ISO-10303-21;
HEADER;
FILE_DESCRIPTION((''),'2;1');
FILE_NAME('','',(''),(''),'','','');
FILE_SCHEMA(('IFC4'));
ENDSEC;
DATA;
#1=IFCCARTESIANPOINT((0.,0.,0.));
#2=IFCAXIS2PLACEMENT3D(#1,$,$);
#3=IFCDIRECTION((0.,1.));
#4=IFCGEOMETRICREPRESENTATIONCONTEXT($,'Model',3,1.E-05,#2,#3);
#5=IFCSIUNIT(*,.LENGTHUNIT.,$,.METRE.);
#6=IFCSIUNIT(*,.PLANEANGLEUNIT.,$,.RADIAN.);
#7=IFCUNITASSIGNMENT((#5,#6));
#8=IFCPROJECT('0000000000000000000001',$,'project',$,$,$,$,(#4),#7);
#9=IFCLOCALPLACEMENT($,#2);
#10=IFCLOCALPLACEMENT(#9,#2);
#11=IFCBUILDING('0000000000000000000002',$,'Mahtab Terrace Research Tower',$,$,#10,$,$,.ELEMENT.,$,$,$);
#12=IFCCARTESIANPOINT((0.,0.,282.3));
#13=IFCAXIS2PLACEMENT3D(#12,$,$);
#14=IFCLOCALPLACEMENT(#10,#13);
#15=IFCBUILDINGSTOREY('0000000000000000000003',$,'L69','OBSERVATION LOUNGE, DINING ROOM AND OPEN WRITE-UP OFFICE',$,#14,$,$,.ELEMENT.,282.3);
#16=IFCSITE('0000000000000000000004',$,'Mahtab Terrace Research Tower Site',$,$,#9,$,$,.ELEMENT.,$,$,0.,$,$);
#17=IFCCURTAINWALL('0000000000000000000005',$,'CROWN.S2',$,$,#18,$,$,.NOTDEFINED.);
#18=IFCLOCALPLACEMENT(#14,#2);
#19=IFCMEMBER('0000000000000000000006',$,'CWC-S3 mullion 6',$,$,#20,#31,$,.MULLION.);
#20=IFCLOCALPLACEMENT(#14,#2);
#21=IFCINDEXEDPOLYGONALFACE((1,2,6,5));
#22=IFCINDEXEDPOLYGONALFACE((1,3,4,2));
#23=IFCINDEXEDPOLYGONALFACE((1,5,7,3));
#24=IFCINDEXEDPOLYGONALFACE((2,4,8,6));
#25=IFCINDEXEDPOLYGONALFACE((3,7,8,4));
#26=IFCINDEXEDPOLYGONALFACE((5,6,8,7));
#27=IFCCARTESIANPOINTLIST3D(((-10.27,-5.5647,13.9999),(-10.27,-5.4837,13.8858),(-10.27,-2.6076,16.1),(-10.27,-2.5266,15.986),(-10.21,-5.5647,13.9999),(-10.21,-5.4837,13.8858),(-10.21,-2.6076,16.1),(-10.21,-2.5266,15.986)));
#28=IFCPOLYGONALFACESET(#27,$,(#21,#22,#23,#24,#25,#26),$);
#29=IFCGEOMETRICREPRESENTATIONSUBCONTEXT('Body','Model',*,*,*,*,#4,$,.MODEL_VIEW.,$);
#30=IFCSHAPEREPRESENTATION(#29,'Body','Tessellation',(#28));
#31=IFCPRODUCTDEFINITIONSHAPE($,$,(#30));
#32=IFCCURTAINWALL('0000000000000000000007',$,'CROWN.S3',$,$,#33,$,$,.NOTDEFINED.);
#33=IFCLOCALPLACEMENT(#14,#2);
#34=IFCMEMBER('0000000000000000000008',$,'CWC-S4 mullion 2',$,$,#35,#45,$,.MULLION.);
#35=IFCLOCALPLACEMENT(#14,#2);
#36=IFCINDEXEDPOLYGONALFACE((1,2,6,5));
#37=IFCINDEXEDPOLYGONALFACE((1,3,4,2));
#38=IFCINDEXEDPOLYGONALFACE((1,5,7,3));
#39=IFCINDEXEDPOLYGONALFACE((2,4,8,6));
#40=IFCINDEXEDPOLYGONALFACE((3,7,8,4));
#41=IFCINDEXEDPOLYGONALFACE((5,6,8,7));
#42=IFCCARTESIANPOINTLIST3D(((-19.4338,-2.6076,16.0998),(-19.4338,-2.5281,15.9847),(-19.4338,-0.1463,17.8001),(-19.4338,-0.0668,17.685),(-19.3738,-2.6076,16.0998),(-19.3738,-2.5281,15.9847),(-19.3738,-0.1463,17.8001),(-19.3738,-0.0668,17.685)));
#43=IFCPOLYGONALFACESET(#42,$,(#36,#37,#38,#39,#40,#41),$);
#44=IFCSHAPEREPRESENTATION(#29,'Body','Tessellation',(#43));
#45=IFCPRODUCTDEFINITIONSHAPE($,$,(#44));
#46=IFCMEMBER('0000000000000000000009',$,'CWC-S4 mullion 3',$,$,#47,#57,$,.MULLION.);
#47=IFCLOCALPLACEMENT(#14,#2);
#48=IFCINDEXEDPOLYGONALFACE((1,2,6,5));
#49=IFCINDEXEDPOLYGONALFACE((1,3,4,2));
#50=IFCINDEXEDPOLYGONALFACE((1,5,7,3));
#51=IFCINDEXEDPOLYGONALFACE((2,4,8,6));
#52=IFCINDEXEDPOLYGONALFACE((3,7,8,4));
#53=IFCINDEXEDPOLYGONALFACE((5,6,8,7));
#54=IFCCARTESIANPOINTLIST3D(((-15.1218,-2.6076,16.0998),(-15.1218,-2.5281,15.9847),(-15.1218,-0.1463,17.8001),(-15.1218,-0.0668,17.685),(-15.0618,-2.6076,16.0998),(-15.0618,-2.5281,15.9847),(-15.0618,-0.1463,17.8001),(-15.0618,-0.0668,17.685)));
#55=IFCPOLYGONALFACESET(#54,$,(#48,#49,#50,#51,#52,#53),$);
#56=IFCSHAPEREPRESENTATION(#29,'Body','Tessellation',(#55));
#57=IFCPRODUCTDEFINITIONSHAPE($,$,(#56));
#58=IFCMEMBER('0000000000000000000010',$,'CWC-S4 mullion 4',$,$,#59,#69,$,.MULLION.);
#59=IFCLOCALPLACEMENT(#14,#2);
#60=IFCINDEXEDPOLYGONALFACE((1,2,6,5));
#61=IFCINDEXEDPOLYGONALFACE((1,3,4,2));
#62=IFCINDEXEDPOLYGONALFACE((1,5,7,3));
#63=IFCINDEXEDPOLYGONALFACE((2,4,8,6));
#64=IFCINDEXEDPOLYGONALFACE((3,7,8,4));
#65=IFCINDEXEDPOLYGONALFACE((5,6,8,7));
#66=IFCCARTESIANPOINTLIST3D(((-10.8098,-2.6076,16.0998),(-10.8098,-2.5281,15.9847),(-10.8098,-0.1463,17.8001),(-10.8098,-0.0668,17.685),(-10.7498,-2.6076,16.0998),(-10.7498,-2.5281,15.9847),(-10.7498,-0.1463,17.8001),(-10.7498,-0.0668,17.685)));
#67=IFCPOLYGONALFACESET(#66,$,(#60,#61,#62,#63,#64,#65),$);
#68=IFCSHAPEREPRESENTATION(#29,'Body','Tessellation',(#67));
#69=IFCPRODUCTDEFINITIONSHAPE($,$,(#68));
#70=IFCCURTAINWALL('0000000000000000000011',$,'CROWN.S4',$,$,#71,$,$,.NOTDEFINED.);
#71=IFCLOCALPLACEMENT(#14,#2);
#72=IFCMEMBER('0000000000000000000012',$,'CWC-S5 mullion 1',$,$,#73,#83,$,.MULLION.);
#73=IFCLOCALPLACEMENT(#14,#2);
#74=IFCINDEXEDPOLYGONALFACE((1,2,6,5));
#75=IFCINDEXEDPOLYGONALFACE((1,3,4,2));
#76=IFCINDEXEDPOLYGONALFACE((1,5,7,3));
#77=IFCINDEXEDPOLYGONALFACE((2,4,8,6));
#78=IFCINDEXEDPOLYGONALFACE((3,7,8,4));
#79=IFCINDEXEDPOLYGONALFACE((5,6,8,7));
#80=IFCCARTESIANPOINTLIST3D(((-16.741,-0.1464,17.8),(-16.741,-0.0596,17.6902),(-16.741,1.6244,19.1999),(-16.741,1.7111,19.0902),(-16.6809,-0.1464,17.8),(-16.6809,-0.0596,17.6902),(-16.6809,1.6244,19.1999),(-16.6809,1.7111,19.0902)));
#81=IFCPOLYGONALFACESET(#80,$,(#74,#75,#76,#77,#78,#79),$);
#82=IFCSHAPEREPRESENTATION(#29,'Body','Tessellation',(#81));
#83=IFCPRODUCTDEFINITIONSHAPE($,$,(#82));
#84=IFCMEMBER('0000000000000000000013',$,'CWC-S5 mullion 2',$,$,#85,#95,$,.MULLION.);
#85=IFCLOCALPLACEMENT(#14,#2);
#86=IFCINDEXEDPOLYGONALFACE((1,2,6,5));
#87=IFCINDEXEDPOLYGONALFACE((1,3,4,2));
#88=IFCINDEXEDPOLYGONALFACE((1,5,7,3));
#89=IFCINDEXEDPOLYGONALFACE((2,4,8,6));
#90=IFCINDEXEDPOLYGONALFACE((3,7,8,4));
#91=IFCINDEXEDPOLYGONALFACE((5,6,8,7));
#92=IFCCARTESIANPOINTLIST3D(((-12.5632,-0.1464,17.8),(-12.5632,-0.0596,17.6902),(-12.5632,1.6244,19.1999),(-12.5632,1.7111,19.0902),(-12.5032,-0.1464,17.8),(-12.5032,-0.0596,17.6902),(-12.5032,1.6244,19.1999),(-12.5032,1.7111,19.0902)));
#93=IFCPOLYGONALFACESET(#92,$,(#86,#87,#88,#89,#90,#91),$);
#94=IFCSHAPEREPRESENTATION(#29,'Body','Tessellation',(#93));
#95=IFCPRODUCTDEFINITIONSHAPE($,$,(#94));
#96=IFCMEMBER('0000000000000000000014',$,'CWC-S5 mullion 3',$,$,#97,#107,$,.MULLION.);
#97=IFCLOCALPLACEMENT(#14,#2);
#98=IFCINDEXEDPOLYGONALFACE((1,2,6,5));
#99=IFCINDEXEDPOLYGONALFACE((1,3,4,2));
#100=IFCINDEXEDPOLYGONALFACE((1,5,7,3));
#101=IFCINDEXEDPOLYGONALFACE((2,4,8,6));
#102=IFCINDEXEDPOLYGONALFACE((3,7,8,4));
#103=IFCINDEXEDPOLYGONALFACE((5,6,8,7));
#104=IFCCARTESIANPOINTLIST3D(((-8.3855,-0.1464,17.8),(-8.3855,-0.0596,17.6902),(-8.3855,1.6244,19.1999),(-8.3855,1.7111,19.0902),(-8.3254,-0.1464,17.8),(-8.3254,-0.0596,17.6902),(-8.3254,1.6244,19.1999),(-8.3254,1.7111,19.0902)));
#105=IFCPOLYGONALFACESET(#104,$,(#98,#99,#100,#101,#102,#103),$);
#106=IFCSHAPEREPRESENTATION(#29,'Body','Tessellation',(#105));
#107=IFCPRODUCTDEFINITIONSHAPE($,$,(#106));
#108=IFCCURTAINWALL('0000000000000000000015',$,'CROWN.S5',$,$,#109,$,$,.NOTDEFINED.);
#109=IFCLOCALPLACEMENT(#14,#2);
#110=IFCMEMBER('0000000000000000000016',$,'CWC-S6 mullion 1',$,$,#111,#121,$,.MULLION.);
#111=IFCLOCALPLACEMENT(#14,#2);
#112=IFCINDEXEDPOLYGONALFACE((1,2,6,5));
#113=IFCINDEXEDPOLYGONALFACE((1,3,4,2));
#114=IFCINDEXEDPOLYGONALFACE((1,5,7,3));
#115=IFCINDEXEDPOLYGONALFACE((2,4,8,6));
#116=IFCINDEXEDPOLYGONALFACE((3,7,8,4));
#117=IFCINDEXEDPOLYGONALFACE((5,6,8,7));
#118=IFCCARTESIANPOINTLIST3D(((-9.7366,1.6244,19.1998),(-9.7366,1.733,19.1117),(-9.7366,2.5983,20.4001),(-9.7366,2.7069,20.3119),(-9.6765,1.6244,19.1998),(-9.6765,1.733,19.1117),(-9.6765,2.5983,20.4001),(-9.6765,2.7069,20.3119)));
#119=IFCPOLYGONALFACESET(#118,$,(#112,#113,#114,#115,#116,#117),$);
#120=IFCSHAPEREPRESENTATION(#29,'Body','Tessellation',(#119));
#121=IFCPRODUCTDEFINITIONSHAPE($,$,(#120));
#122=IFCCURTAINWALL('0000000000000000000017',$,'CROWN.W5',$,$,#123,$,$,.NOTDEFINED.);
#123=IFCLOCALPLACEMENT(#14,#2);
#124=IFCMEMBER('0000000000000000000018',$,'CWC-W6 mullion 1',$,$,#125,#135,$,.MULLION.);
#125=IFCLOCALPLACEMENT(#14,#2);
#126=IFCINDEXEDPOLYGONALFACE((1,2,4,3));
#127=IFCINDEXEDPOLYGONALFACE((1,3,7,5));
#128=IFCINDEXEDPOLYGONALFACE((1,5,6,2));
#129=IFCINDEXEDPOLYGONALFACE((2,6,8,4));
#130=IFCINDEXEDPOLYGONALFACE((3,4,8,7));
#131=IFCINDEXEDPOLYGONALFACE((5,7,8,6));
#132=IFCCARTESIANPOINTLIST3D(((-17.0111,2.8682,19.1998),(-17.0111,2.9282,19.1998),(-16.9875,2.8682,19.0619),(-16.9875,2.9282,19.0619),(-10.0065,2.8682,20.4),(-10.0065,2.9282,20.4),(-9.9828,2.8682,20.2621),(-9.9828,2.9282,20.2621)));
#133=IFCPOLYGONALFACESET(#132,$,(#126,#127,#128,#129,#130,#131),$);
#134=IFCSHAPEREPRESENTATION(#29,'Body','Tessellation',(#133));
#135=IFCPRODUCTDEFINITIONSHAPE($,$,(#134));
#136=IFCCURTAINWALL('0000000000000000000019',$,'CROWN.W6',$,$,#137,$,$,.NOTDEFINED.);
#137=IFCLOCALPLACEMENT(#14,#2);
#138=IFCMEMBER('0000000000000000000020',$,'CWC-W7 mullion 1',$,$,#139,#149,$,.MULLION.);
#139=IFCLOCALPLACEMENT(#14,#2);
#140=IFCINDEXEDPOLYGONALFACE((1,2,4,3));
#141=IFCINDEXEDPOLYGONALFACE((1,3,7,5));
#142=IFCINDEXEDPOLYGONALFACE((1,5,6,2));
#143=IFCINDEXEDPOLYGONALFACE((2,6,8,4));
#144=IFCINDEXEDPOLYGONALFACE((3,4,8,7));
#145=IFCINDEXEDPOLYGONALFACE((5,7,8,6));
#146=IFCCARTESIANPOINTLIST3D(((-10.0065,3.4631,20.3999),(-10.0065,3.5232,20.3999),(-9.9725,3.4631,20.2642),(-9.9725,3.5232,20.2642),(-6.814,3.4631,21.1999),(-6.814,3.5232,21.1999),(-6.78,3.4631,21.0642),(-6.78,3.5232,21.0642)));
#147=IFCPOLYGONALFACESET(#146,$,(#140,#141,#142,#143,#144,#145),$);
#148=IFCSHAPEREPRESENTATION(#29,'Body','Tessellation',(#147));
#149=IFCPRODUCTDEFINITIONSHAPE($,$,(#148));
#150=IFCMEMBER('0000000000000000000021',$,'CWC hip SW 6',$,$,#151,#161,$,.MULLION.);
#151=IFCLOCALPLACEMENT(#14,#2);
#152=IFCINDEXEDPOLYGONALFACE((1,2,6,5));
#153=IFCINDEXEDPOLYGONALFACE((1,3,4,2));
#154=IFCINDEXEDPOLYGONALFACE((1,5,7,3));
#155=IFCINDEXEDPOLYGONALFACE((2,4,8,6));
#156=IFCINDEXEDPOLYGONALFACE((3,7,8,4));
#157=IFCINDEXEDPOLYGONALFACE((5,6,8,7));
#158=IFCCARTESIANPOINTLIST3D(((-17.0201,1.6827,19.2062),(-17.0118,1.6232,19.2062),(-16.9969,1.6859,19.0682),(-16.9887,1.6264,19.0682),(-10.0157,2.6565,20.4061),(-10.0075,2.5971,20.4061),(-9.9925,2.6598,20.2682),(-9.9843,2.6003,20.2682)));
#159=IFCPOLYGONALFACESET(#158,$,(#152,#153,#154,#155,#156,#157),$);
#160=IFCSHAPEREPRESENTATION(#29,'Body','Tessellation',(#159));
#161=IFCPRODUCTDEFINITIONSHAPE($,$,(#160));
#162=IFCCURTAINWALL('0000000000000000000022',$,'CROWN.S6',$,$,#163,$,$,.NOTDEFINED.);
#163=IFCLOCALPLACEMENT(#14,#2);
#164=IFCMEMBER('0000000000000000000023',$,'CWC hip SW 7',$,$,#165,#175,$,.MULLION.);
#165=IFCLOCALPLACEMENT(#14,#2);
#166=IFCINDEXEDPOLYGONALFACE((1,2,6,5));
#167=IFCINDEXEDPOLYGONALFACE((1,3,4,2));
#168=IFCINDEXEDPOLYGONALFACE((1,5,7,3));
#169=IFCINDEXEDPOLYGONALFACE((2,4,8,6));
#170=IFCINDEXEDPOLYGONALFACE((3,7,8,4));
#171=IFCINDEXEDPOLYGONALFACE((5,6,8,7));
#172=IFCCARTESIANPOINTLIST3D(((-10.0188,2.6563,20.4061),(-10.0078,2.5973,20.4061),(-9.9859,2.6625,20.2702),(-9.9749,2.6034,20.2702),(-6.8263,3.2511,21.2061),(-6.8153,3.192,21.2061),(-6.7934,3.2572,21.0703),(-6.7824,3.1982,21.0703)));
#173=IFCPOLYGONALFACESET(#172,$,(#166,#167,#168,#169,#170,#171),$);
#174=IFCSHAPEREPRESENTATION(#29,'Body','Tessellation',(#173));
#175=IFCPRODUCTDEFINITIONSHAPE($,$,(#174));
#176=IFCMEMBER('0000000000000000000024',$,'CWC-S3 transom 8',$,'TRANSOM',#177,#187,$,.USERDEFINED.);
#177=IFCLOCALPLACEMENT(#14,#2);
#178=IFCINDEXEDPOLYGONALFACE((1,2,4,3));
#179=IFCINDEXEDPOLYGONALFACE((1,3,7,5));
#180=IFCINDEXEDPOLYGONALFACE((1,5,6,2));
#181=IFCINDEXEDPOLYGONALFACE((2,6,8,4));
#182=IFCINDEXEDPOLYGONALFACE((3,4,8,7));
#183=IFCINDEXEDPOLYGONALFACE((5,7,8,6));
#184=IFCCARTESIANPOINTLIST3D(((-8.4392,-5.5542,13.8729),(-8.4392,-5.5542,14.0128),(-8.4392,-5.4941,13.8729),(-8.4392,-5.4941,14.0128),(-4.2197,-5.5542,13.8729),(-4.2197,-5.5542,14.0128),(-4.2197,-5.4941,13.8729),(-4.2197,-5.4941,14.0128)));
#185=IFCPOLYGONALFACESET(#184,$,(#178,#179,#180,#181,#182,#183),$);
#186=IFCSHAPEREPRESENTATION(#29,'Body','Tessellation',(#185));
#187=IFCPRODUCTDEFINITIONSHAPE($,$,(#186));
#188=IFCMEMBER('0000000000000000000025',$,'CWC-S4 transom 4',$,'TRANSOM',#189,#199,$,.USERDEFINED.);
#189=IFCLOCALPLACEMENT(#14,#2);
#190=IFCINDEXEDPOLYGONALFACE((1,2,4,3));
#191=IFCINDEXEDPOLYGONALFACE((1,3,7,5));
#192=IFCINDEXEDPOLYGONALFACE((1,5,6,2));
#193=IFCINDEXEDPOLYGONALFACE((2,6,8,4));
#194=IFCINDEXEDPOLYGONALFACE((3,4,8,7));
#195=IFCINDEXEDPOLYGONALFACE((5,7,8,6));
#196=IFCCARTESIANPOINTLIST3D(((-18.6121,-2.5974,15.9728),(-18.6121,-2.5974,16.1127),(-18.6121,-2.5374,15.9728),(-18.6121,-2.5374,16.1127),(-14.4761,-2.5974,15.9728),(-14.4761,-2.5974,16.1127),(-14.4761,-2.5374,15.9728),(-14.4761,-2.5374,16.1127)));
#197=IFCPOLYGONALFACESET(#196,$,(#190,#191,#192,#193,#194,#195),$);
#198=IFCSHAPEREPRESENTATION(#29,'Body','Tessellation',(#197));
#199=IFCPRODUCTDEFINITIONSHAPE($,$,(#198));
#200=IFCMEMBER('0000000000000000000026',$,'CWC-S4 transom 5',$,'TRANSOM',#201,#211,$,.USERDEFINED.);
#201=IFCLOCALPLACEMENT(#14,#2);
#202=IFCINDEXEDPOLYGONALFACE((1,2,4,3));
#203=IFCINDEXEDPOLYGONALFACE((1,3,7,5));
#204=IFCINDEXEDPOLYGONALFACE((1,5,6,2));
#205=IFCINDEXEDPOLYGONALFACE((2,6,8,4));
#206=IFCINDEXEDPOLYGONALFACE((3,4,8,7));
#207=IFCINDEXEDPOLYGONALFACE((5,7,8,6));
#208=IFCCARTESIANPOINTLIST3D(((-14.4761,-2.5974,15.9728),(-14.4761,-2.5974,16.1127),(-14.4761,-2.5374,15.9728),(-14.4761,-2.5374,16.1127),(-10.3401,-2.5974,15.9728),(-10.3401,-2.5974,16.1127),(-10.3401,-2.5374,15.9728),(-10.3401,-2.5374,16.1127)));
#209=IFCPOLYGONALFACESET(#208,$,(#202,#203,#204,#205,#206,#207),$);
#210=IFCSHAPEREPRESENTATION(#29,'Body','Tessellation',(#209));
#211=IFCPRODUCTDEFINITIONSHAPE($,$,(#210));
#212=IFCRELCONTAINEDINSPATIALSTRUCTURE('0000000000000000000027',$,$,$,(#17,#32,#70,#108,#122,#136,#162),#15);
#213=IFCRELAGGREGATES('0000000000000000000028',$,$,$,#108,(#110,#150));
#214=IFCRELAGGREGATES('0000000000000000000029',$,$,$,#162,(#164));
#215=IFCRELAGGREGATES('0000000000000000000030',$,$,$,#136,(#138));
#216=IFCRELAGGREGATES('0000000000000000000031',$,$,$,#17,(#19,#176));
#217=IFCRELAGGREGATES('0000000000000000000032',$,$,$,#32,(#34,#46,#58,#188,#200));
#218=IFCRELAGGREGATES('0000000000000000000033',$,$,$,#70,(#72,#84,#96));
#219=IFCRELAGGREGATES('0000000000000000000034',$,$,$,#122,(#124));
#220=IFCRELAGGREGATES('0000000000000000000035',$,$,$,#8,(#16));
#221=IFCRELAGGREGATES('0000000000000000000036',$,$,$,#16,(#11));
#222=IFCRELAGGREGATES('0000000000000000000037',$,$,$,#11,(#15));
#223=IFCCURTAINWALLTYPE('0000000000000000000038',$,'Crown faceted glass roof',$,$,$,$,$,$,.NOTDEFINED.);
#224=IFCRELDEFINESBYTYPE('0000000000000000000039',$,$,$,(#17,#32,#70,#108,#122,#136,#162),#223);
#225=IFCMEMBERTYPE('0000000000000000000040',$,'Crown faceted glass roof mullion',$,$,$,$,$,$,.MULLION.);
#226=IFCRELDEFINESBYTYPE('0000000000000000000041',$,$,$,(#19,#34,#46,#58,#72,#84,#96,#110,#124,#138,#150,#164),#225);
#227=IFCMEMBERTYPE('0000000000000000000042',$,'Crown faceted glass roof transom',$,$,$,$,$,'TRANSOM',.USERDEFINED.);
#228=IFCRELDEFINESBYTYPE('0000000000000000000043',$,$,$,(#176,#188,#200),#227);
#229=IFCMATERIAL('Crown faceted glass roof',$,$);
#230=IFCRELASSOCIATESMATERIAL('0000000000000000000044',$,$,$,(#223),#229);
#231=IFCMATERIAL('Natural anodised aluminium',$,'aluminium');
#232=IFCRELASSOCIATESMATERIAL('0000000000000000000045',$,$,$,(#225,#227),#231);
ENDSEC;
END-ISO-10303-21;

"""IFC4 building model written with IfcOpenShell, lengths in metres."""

from ifc_helpers import new_model, si_unit, direction, frame, origin, origin_2d, place, context, subcontext, project, spatial, rectangle, extrude, material, material_profile, profile_set, type_object, element, aggregate, save


model = new_model("IFC4")

# Units and contexts
model_context = context("Model", 3, precision=1e-05, world=origin(), true_north=direction((0.0, 1.0)))
body_context = subcontext(model_context, "Body", "Model", "MODEL_VIEW")
ifc_project = project(units=[si_unit("LENGTHUNIT", "METRE"), si_unit("PLANEANGLEUNIT", "RADIAN")], contexts=[model_context])

# Site, building, storey
site_placement = place(None, origin())
site = spatial("IfcSite", under=ifc_project, at=site_placement, Name="Mahtab Terrace Research Tower Site", CompositionType="ELEMENT", RefElevation=0.0)
building_placement = place(site_placement, origin())
building = spatial("IfcBuilding", under=site, at=building_placement, Name="Mahtab Terrace Research Tower", CompositionType="ELEMENT")
storey_placement = place(building_placement, frame((0.0, 0.0, 282.3)))
storey = spatial("IfcBuildingStorey", under=building, at=storey_placement, Name="L69", Description="OBSERVATION LOUNGE, DINING ROOM AND OPEN WRITE-UP OFFICE", CompositionType="ELEMENT", Elevation=282.3)

# Curtain wall, member
ifc_material_1 = material(Name="Crown faceted glass roof")
curtain_wall_type = type_object("IfcCurtainWallType", Name="Crown faceted glass roof", PredefinedType="NOTDEFINED", material=ifc_material_1)
curtain_wall_1_placement = place(storey_placement, origin())
curtain_wall_1 = element("IfcCurtainWall", 1, at=curtain_wall_1_placement, inside=storey, type_object=curtain_wall_type, Name="CROWN.S2", PredefinedType="NOTDEFINED")
ifc_material_2 = material(Name="Natural anodised aluminium", Category="aluminium")
ifc_material_profile_1 = material_profile(ifc_material_2, rectangle(XDim=0.0601, YDim=0.1399, at=origin_2d()), Name="MULLION 60x140")
ifc_profile_set_1 = profile_set([ifc_material_profile_1], Name="Natural anodised aluminium")
member_type_1 = type_object("IfcMemberType", Name="Crown faceted glass roof mullion", PredefinedType="MULLION", material=ifc_profile_set_1)
member_1_placement = place(storey_placement, frame((-10.24, -5.5242, 13.9429), z_axis=(0.0, 0.815304, 0.579033), x_axis=(-1.0, 0.0, 0.0)))
member_1 = element("IfcMember", 2, at=member_1_placement, type_object=member_type_1, Name="CWC-S3 mullion 6", PredefinedType="MULLION", context=body_context, shape_type="SweptSolid", body=[
    extrude(rectangle(XDim=0.0601, YDim=0.1399, at=origin_2d()), origin(), (0.0, 0.0, 1.0), 3.627),
])

# Curtain walls, members
curtain_wall_2_placement = place(storey_placement, origin())
curtain_wall_2 = element("IfcCurtainWall", 3, at=curtain_wall_2_placement, inside=storey, type_object=curtain_wall_type, Name="CROWN.S3", PredefinedType="NOTDEFINED")
member_2_placement = place(storey_placement, frame((-19.4038, -2.5679, 16.0422), z_axis=(0.0, 0.822771, 0.568374), x_axis=(-1.0, 0.0, 0.0)))
member_2 = element("IfcMember", 4, at=member_2_placement, type_object=member_type_1, Name="CWC-S4 mullion 2", PredefinedType="MULLION", context=body_context, shape_type="SweptSolid", body=[
    extrude(rectangle(XDim=0.0601, YDim=0.1399, at=origin_2d()), origin(), (0.0, 0.0, 1.0), 2.9915),
])
member_3_placement = place(storey_placement, frame((-15.0918, -2.5679, 16.0422), z_axis=(0.0, 0.822771, 0.568374), x_axis=(-1.0, 0.0, 0.0)))
member_3 = element("IfcMember", 5, at=member_3_placement, type_object=member_type_1, Name="CWC-S4 mullion 3", PredefinedType="MULLION", context=body_context, shape_type="SweptSolid", body=[
    extrude(rectangle(XDim=0.0601, YDim=0.1399, at=origin_2d()), origin(), (0.0, 0.0, 1.0), 2.9915),
])
member_4_placement = place(storey_placement, frame((-10.7798, -2.5679, 16.0422), z_axis=(0.0, 0.822771, 0.568374), x_axis=(-1.0, 0.0, 0.0)))
member_4 = element("IfcMember", 6, at=member_4_placement, type_object=member_type_1, Name="CWC-S4 mullion 4", PredefinedType="MULLION", context=body_context, shape_type="SweptSolid", body=[
    extrude(rectangle(XDim=0.0601, YDim=0.1399, at=origin_2d()), origin(), (0.0, 0.0, 1.0), 2.9915),
])
curtain_wall_3_placement = place(storey_placement, origin())
curtain_wall_3 = element("IfcCurtainWall", 7, at=curtain_wall_3_placement, inside=storey, type_object=curtain_wall_type, Name="CROWN.S4", PredefinedType="NOTDEFINED")
member_5_placement = place(storey_placement, frame((-16.7109, -0.103, 17.7451), z_axis=(0.0, 0.784465, 0.620174), x_axis=(-1.0, 0.0, 0.0)))
member_5 = element("IfcMember", 8, at=member_5_placement, type_object=member_type_1, Name="CWC-S5 mullion 1", PredefinedType="MULLION", context=body_context, shape_type="SweptSolid", body=[
    extrude(rectangle(XDim=0.0601, YDim=0.1399, at=origin_2d()), origin(), (0.0, 0.0, 1.0), 2.2573),
])
member_6_placement = place(storey_placement, frame((-12.5332, -0.103, 17.7451), z_axis=(0.0, 0.784465, 0.620174), x_axis=(-1.0, 0.0, 0.0)))
member_6 = element("IfcMember", 9, at=member_6_placement, type_object=member_type_1, Name="CWC-S5 mullion 2", PredefinedType="MULLION", context=body_context, shape_type="SweptSolid", body=[
    extrude(rectangle(XDim=0.0601, YDim=0.1399, at=origin_2d()), origin(), (0.0, 0.0, 1.0), 2.2573),
])
member_7_placement = place(storey_placement, frame((-8.3555, -0.103, 17.7451), z_axis=(0.0, 0.784465, 0.620174), x_axis=(-1.0, 0.0, 0.0)))
member_7 = element("IfcMember", 10, at=member_7_placement, type_object=member_type_1, Name="CWC-S5 mullion 3", PredefinedType="MULLION", context=body_context, shape_type="SweptSolid", body=[
    extrude(rectangle(XDim=0.0601, YDim=0.1399, at=origin_2d()), origin(), (0.0, 0.0, 1.0), 2.2573),
])

# Curtain walls, members
curtain_wall_4_placement = place(storey_placement, origin())
curtain_wall_4 = element("IfcCurtainWall", 11, at=curtain_wall_4_placement, inside=storey, type_object=curtain_wall_type, Name="CROWN.S5", PredefinedType="NOTDEFINED")
member_8_placement = place(storey_placement, frame((-9.7065, 1.6787, 19.1558), z_axis=(0.0, 0.630093, 0.77652), x_axis=(-1.0, 0.0, 0.0)))
member_8 = element("IfcMember", 12, at=member_8_placement, type_object=member_type_1, Name="CWC-S6 mullion 1", PredefinedType="MULLION", context=body_context, shape_type="SweptSolid", body=[
    extrude(rectangle(XDim=0.0601, YDim=0.1399, at=origin_2d()), origin(), (0.0, 0.0, 1.0), 1.5457),
])
curtain_wall_5_placement = place(storey_placement, origin())
curtain_wall_5 = element("IfcCurtainWall", 13, at=curtain_wall_5_placement, inside=storey, type_object=curtain_wall_type, Name="CROWN.W5", PredefinedType="NOTDEFINED")
member_9_placement = place(storey_placement, frame((-16.9993, 2.8982, 19.1309), z_axis=(0.985636, 0.0, 0.168882), x_axis=(0.0, 1.0, 0.0)))
member_9 = element("IfcMember", 14, at=member_9_placement, type_object=member_type_1, Name="CWC-W6 mullion 1", PredefinedType="MULLION", context=body_context, shape_type="SweptSolid", body=[
    extrude(rectangle(XDim=0.0601, YDim=0.1399, at=origin_2d()), origin(), (0.0, 0.0, 1.0), 7.1067),
])
curtain_wall_6_placement = place(storey_placement, origin())
curtain_wall_6 = element("IfcCurtainWall", 15, at=curtain_wall_6_placement, inside=storey, type_object=curtain_wall_type, Name="CROWN.W6", PredefinedType="NOTDEFINED")
member_10_placement = place(storey_placement, frame((-9.9895, 3.4932, 20.332), z_axis=(0.970007, 0.0, 0.243077), x_axis=(0.0, 1.0, 0.0)))
member_10 = element("IfcMember", 16, at=member_10_placement, type_object=member_type_1, Name="CWC-W7 mullion 1", PredefinedType="MULLION", context=body_context, shape_type="SweptSolid", body=[
    extrude(rectangle(XDim=0.0601, YDim=0.1399, at=origin_2d()), origin(), (0.0, 0.0, 1.0), 3.2913),
])

# Member
member_11_placement = place(storey_placement, frame((-17.0044, 1.6545, 19.1372), z_axis=(0.976514, 0.135773, 0.167291), x_axis=(-0.137713, 0.990472, 0.0)))
member_11 = element("IfcMember", 17, at=member_11_placement, type_object=member_type_1, Name="CWC hip SW 6", PredefinedType="MULLION", context=body_context, shape_type="SweptSolid", body=[
    extrude(rectangle(XDim=0.0601, YDim=0.1399, at=origin_2d()), origin(), (0.0, 0.0, 1.0), 7.1729),
])

# Curtain wall, member
curtain_wall_7_placement = place(storey_placement, origin())
curtain_wall_7 = element("IfcCurtainWall", 18, at=curtain_wall_7_placement, inside=storey, type_object=curtain_wall_type, Name="CROWN.S6", PredefinedType="NOTDEFINED")
member_12_placement = place(storey_placement, frame((-9.9968, 2.6299, 20.3381), z_axis=(0.954543, 0.177827, 0.23922), x_axis=(-0.183145, 0.983086, 0.0)))
member_12 = element("IfcMember", 19, at=member_12_placement, type_object=member_type_1, Name="CWC hip SW 7", PredefinedType="MULLION", context=body_context, shape_type="SweptSolid", body=[
    extrude(rectangle(XDim=0.0601, YDim=0.1399, at=origin_2d()), origin(), (0.0, 0.0, 1.0), 3.3445),
])

# Members
ifc_material_profile_2 = material_profile(ifc_material_2, rectangle(XDim=0.0601, YDim=0.1399, at=origin_2d()), Name="TRANSOM 60x140")
ifc_profile_set_2 = profile_set([ifc_material_profile_2], Name="Natural anodised aluminium")
member_type_2 = type_object("IfcMemberType", Name="Crown faceted glass roof transom", ElementType="TRANSOM", PredefinedType="USERDEFINED", material=ifc_profile_set_2)
member_13_placement = place(storey_placement, frame((-8.4392, -5.5242, 13.9429), z_axis=(1.0, 0.0, 0.0), x_axis=(0.0, 1.0, 0.0)))
member_13 = element("IfcMember", 20, at=member_13_placement, type_object=member_type_2, Name="CWC-S3 transom 8", ObjectType="TRANSOM", PredefinedType="USERDEFINED", context=body_context, shape_type="SweptSolid", body=[
    extrude(rectangle(XDim=0.0601, YDim=0.1399, at=origin_2d()), origin(), (0.0, 0.0, 1.0), 4.2195),
])
member_14_placement = place(storey_placement, frame((-18.6121, -2.5674, 16.0427), z_axis=(1.0, 0.0, 0.0), x_axis=(0.0, 1.0, 0.0)))
member_14 = element("IfcMember", 21, at=member_14_placement, type_object=member_type_2, Name="CWC-S4 transom 4", ObjectType="TRANSOM", PredefinedType="USERDEFINED", context=body_context, shape_type="SweptSolid", body=[
    extrude(rectangle(XDim=0.0601, YDim=0.1399, at=origin_2d()), origin(), (0.0, 0.0, 1.0), 4.136),
])
member_15_placement = place(storey_placement, frame((-14.4761, -2.5674, 16.0427), z_axis=(1.0, 0.0, 0.0), x_axis=(0.0, 1.0, 0.0)))
member_15 = element("IfcMember", 22, at=member_15_placement, type_object=member_type_2, Name="CWC-S4 transom 5", ObjectType="TRANSOM", PredefinedType="USERDEFINED", context=body_context, shape_type="SweptSolid", body=[
    extrude(rectangle(XDim=0.0601, YDim=0.1399, at=origin_2d()), origin(), (0.0, 0.0, 1.0), 4.136),
])
aggregate(curtain_wall_4, [member_8, member_11])
aggregate(curtain_wall_7, [member_12])
aggregate(curtain_wall_6, [member_10])

aggregate(curtain_wall_1, [member_1, member_13])
aggregate(curtain_wall_2, [member_2, member_3, member_4, member_14, member_15])
aggregate(curtain_wall_3, [member_5, member_6, member_7])

aggregate(curtain_wall_5, [member_9])

save(model, "model.ifc")
